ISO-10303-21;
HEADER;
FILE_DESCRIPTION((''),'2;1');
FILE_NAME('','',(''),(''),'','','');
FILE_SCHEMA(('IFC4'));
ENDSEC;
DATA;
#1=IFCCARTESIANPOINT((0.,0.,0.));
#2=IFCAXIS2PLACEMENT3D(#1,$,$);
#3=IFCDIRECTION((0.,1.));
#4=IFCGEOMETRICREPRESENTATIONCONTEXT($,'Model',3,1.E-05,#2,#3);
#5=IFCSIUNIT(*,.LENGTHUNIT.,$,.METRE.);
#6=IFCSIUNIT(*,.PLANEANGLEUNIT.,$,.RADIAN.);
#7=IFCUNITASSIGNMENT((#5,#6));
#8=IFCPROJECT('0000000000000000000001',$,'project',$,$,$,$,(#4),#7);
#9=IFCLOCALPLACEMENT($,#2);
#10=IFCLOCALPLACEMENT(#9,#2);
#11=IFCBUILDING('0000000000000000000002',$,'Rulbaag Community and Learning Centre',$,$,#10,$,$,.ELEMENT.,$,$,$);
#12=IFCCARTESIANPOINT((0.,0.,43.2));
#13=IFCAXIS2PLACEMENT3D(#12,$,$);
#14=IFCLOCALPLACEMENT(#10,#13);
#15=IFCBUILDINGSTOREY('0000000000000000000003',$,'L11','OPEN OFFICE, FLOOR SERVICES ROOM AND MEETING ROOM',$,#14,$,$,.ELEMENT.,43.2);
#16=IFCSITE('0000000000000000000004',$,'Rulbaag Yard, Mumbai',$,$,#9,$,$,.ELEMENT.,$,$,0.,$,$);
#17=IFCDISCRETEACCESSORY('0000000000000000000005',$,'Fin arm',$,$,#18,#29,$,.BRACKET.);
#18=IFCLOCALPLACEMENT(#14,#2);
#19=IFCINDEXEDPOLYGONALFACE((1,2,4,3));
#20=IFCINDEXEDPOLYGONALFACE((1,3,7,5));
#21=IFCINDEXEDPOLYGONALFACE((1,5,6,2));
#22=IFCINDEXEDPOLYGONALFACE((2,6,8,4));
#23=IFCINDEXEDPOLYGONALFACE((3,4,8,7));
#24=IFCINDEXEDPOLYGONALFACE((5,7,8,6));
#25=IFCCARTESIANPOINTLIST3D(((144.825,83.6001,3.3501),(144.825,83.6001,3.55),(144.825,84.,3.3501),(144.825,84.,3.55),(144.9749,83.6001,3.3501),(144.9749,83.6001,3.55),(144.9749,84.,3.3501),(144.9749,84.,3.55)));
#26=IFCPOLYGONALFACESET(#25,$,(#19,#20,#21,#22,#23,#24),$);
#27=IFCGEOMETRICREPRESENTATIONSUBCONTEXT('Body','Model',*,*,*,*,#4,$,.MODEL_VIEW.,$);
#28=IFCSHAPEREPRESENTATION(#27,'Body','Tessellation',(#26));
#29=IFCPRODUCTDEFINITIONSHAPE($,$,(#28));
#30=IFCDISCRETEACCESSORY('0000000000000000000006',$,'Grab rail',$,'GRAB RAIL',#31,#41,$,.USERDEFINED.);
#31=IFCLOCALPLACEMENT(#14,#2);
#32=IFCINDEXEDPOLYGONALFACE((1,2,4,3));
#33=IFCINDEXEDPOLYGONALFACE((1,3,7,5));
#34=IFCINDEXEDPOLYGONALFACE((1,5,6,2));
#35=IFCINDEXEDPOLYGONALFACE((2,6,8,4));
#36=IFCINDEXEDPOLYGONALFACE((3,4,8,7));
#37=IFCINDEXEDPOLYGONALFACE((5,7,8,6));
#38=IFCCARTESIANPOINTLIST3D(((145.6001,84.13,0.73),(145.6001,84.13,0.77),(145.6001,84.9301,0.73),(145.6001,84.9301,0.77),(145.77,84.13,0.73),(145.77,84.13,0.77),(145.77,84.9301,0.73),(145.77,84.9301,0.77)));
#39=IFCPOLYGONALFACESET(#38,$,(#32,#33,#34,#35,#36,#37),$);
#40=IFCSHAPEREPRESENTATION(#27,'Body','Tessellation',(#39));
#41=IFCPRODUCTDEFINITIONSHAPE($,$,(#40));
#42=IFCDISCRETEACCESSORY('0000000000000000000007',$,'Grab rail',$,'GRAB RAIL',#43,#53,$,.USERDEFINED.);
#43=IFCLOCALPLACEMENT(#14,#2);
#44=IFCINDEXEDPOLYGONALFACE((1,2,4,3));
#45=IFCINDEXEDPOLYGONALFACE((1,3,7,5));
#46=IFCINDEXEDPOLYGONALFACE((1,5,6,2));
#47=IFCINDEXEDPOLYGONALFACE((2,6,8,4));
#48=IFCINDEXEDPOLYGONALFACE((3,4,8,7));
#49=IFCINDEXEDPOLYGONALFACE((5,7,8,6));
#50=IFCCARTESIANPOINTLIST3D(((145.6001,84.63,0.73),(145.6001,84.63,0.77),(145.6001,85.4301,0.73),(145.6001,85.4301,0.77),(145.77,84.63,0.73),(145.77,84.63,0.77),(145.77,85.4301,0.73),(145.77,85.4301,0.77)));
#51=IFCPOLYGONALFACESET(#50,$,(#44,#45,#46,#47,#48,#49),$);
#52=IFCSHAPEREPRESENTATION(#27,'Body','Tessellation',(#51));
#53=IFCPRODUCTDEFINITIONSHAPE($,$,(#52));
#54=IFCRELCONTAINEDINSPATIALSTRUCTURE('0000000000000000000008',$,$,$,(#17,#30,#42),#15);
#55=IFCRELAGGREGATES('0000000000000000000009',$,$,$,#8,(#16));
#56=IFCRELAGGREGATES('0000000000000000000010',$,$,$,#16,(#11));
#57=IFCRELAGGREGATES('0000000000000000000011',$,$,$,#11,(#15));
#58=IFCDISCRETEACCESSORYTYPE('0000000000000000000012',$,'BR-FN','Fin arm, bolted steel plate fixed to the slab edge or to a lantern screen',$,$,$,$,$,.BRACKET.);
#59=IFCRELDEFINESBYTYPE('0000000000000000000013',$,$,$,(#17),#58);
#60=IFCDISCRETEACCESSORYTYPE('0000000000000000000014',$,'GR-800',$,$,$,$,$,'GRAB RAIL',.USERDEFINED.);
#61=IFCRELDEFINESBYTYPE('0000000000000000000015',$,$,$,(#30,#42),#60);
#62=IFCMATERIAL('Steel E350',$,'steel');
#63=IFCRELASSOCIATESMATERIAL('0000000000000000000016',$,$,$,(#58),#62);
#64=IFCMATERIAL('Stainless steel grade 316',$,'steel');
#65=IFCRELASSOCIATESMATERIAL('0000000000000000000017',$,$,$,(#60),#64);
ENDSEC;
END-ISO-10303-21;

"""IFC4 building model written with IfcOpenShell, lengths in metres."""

from ifc_helpers import new_model, si_unit, direction, frame, origin, origin_2d, place, context, subcontext, project, spatial, rectangle, extrude, material, type_object, element, save


model = new_model("IFC4")

# Units and contexts
model_context = context("Model", 3, precision=1e-05, world=origin(), true_north=direction((0.0, 1.0)))
body_context = subcontext(model_context, "Body", "Model", "MODEL_VIEW")
ifc_project = project(units=[si_unit("LENGTHUNIT", "METRE"), si_unit("PLANEANGLEUNIT", "RADIAN")], contexts=[model_context])

# Site, building, storey
site_placement = place(None, origin())
site = spatial("IfcSite", under=ifc_project, at=site_placement, Name="Rulbaag Yard, Mumbai", CompositionType="ELEMENT", RefElevation=0.0)
building_placement = place(site_placement, origin())
building = spatial("IfcBuilding", under=site, at=building_placement, Name="Rulbaag Community and Learning Centre", CompositionType="ELEMENT")
storey_placement = place(building_placement, frame((0.0, 0.0, 43.2)))
storey = spatial("IfcBuildingStorey", under=building, at=storey_placement, Name="L11", Description="OPEN OFFICE, FLOOR SERVICES ROOM AND MEETING ROOM", CompositionType="ELEMENT", Elevation=43.2)

# Discrete accessories
ifc_material_1 = material(Name="Steel E350", Category="steel")
discrete_accessory_type_1 = type_object("IfcDiscreteAccessoryType", Name="BR-FN", Description="Fin arm, bolted steel plate fixed to the slab edge or to a lantern screen", PredefinedType="BRACKET", material=ifc_material_1)
discrete_accessory_placement = place(storey_placement, frame((144.8999, 83.8, 3.3501), z_axis=(0.0, 0.0, 1.0), x_axis=(1.0, 0.0, 0.0)))
element("IfcDiscreteAccessory", 1, at=discrete_accessory_placement, inside=storey, type_object=discrete_accessory_type_1, Name="Fin arm", PredefinedType="BRACKET", context=body_context, shape_type="SweptSolid", body=[
    extrude(rectangle(XDim=0.1499, YDim=0.3999, at=origin_2d()), origin(), (0.0, 0.0, 1.0), 0.2),
])
ifc_material_2 = material(Name="Stainless steel grade 316", Category="steel")
discrete_accessory_type_2 = type_object("IfcDiscreteAccessoryType", Name="GR-800", ElementType="GRAB RAIL", PredefinedType="USERDEFINED", material=ifc_material_2)
for number, where, z_axis, x_axis, name in (
    (2, (145.6851, 84.53, 0.73), (0.0, 0.0, 1.0), (1.0, 0.0, 0.0), "Grab rail"),
    (3, (145.6851, 85.03, 0.73), (0.0, 0.0, 1.0), (1.0, 0.0, 0.0), "Grab rail"),
):
    element("IfcDiscreteAccessory", number, at=place(storey_placement, frame(where, z_axis=z_axis, x_axis=x_axis)), inside=storey, type_object=discrete_accessory_type_2, Name=name, ObjectType="GRAB RAIL", PredefinedType="USERDEFINED", context=body_context, shape_type="SweptSolid", body=[
        extrude(rectangle(XDim=0.1699, YDim=0.8, at=origin_2d()), origin(), (0.0, 0.0, 1.0), 0.04),
    ])

save(model, "model.ifc")
